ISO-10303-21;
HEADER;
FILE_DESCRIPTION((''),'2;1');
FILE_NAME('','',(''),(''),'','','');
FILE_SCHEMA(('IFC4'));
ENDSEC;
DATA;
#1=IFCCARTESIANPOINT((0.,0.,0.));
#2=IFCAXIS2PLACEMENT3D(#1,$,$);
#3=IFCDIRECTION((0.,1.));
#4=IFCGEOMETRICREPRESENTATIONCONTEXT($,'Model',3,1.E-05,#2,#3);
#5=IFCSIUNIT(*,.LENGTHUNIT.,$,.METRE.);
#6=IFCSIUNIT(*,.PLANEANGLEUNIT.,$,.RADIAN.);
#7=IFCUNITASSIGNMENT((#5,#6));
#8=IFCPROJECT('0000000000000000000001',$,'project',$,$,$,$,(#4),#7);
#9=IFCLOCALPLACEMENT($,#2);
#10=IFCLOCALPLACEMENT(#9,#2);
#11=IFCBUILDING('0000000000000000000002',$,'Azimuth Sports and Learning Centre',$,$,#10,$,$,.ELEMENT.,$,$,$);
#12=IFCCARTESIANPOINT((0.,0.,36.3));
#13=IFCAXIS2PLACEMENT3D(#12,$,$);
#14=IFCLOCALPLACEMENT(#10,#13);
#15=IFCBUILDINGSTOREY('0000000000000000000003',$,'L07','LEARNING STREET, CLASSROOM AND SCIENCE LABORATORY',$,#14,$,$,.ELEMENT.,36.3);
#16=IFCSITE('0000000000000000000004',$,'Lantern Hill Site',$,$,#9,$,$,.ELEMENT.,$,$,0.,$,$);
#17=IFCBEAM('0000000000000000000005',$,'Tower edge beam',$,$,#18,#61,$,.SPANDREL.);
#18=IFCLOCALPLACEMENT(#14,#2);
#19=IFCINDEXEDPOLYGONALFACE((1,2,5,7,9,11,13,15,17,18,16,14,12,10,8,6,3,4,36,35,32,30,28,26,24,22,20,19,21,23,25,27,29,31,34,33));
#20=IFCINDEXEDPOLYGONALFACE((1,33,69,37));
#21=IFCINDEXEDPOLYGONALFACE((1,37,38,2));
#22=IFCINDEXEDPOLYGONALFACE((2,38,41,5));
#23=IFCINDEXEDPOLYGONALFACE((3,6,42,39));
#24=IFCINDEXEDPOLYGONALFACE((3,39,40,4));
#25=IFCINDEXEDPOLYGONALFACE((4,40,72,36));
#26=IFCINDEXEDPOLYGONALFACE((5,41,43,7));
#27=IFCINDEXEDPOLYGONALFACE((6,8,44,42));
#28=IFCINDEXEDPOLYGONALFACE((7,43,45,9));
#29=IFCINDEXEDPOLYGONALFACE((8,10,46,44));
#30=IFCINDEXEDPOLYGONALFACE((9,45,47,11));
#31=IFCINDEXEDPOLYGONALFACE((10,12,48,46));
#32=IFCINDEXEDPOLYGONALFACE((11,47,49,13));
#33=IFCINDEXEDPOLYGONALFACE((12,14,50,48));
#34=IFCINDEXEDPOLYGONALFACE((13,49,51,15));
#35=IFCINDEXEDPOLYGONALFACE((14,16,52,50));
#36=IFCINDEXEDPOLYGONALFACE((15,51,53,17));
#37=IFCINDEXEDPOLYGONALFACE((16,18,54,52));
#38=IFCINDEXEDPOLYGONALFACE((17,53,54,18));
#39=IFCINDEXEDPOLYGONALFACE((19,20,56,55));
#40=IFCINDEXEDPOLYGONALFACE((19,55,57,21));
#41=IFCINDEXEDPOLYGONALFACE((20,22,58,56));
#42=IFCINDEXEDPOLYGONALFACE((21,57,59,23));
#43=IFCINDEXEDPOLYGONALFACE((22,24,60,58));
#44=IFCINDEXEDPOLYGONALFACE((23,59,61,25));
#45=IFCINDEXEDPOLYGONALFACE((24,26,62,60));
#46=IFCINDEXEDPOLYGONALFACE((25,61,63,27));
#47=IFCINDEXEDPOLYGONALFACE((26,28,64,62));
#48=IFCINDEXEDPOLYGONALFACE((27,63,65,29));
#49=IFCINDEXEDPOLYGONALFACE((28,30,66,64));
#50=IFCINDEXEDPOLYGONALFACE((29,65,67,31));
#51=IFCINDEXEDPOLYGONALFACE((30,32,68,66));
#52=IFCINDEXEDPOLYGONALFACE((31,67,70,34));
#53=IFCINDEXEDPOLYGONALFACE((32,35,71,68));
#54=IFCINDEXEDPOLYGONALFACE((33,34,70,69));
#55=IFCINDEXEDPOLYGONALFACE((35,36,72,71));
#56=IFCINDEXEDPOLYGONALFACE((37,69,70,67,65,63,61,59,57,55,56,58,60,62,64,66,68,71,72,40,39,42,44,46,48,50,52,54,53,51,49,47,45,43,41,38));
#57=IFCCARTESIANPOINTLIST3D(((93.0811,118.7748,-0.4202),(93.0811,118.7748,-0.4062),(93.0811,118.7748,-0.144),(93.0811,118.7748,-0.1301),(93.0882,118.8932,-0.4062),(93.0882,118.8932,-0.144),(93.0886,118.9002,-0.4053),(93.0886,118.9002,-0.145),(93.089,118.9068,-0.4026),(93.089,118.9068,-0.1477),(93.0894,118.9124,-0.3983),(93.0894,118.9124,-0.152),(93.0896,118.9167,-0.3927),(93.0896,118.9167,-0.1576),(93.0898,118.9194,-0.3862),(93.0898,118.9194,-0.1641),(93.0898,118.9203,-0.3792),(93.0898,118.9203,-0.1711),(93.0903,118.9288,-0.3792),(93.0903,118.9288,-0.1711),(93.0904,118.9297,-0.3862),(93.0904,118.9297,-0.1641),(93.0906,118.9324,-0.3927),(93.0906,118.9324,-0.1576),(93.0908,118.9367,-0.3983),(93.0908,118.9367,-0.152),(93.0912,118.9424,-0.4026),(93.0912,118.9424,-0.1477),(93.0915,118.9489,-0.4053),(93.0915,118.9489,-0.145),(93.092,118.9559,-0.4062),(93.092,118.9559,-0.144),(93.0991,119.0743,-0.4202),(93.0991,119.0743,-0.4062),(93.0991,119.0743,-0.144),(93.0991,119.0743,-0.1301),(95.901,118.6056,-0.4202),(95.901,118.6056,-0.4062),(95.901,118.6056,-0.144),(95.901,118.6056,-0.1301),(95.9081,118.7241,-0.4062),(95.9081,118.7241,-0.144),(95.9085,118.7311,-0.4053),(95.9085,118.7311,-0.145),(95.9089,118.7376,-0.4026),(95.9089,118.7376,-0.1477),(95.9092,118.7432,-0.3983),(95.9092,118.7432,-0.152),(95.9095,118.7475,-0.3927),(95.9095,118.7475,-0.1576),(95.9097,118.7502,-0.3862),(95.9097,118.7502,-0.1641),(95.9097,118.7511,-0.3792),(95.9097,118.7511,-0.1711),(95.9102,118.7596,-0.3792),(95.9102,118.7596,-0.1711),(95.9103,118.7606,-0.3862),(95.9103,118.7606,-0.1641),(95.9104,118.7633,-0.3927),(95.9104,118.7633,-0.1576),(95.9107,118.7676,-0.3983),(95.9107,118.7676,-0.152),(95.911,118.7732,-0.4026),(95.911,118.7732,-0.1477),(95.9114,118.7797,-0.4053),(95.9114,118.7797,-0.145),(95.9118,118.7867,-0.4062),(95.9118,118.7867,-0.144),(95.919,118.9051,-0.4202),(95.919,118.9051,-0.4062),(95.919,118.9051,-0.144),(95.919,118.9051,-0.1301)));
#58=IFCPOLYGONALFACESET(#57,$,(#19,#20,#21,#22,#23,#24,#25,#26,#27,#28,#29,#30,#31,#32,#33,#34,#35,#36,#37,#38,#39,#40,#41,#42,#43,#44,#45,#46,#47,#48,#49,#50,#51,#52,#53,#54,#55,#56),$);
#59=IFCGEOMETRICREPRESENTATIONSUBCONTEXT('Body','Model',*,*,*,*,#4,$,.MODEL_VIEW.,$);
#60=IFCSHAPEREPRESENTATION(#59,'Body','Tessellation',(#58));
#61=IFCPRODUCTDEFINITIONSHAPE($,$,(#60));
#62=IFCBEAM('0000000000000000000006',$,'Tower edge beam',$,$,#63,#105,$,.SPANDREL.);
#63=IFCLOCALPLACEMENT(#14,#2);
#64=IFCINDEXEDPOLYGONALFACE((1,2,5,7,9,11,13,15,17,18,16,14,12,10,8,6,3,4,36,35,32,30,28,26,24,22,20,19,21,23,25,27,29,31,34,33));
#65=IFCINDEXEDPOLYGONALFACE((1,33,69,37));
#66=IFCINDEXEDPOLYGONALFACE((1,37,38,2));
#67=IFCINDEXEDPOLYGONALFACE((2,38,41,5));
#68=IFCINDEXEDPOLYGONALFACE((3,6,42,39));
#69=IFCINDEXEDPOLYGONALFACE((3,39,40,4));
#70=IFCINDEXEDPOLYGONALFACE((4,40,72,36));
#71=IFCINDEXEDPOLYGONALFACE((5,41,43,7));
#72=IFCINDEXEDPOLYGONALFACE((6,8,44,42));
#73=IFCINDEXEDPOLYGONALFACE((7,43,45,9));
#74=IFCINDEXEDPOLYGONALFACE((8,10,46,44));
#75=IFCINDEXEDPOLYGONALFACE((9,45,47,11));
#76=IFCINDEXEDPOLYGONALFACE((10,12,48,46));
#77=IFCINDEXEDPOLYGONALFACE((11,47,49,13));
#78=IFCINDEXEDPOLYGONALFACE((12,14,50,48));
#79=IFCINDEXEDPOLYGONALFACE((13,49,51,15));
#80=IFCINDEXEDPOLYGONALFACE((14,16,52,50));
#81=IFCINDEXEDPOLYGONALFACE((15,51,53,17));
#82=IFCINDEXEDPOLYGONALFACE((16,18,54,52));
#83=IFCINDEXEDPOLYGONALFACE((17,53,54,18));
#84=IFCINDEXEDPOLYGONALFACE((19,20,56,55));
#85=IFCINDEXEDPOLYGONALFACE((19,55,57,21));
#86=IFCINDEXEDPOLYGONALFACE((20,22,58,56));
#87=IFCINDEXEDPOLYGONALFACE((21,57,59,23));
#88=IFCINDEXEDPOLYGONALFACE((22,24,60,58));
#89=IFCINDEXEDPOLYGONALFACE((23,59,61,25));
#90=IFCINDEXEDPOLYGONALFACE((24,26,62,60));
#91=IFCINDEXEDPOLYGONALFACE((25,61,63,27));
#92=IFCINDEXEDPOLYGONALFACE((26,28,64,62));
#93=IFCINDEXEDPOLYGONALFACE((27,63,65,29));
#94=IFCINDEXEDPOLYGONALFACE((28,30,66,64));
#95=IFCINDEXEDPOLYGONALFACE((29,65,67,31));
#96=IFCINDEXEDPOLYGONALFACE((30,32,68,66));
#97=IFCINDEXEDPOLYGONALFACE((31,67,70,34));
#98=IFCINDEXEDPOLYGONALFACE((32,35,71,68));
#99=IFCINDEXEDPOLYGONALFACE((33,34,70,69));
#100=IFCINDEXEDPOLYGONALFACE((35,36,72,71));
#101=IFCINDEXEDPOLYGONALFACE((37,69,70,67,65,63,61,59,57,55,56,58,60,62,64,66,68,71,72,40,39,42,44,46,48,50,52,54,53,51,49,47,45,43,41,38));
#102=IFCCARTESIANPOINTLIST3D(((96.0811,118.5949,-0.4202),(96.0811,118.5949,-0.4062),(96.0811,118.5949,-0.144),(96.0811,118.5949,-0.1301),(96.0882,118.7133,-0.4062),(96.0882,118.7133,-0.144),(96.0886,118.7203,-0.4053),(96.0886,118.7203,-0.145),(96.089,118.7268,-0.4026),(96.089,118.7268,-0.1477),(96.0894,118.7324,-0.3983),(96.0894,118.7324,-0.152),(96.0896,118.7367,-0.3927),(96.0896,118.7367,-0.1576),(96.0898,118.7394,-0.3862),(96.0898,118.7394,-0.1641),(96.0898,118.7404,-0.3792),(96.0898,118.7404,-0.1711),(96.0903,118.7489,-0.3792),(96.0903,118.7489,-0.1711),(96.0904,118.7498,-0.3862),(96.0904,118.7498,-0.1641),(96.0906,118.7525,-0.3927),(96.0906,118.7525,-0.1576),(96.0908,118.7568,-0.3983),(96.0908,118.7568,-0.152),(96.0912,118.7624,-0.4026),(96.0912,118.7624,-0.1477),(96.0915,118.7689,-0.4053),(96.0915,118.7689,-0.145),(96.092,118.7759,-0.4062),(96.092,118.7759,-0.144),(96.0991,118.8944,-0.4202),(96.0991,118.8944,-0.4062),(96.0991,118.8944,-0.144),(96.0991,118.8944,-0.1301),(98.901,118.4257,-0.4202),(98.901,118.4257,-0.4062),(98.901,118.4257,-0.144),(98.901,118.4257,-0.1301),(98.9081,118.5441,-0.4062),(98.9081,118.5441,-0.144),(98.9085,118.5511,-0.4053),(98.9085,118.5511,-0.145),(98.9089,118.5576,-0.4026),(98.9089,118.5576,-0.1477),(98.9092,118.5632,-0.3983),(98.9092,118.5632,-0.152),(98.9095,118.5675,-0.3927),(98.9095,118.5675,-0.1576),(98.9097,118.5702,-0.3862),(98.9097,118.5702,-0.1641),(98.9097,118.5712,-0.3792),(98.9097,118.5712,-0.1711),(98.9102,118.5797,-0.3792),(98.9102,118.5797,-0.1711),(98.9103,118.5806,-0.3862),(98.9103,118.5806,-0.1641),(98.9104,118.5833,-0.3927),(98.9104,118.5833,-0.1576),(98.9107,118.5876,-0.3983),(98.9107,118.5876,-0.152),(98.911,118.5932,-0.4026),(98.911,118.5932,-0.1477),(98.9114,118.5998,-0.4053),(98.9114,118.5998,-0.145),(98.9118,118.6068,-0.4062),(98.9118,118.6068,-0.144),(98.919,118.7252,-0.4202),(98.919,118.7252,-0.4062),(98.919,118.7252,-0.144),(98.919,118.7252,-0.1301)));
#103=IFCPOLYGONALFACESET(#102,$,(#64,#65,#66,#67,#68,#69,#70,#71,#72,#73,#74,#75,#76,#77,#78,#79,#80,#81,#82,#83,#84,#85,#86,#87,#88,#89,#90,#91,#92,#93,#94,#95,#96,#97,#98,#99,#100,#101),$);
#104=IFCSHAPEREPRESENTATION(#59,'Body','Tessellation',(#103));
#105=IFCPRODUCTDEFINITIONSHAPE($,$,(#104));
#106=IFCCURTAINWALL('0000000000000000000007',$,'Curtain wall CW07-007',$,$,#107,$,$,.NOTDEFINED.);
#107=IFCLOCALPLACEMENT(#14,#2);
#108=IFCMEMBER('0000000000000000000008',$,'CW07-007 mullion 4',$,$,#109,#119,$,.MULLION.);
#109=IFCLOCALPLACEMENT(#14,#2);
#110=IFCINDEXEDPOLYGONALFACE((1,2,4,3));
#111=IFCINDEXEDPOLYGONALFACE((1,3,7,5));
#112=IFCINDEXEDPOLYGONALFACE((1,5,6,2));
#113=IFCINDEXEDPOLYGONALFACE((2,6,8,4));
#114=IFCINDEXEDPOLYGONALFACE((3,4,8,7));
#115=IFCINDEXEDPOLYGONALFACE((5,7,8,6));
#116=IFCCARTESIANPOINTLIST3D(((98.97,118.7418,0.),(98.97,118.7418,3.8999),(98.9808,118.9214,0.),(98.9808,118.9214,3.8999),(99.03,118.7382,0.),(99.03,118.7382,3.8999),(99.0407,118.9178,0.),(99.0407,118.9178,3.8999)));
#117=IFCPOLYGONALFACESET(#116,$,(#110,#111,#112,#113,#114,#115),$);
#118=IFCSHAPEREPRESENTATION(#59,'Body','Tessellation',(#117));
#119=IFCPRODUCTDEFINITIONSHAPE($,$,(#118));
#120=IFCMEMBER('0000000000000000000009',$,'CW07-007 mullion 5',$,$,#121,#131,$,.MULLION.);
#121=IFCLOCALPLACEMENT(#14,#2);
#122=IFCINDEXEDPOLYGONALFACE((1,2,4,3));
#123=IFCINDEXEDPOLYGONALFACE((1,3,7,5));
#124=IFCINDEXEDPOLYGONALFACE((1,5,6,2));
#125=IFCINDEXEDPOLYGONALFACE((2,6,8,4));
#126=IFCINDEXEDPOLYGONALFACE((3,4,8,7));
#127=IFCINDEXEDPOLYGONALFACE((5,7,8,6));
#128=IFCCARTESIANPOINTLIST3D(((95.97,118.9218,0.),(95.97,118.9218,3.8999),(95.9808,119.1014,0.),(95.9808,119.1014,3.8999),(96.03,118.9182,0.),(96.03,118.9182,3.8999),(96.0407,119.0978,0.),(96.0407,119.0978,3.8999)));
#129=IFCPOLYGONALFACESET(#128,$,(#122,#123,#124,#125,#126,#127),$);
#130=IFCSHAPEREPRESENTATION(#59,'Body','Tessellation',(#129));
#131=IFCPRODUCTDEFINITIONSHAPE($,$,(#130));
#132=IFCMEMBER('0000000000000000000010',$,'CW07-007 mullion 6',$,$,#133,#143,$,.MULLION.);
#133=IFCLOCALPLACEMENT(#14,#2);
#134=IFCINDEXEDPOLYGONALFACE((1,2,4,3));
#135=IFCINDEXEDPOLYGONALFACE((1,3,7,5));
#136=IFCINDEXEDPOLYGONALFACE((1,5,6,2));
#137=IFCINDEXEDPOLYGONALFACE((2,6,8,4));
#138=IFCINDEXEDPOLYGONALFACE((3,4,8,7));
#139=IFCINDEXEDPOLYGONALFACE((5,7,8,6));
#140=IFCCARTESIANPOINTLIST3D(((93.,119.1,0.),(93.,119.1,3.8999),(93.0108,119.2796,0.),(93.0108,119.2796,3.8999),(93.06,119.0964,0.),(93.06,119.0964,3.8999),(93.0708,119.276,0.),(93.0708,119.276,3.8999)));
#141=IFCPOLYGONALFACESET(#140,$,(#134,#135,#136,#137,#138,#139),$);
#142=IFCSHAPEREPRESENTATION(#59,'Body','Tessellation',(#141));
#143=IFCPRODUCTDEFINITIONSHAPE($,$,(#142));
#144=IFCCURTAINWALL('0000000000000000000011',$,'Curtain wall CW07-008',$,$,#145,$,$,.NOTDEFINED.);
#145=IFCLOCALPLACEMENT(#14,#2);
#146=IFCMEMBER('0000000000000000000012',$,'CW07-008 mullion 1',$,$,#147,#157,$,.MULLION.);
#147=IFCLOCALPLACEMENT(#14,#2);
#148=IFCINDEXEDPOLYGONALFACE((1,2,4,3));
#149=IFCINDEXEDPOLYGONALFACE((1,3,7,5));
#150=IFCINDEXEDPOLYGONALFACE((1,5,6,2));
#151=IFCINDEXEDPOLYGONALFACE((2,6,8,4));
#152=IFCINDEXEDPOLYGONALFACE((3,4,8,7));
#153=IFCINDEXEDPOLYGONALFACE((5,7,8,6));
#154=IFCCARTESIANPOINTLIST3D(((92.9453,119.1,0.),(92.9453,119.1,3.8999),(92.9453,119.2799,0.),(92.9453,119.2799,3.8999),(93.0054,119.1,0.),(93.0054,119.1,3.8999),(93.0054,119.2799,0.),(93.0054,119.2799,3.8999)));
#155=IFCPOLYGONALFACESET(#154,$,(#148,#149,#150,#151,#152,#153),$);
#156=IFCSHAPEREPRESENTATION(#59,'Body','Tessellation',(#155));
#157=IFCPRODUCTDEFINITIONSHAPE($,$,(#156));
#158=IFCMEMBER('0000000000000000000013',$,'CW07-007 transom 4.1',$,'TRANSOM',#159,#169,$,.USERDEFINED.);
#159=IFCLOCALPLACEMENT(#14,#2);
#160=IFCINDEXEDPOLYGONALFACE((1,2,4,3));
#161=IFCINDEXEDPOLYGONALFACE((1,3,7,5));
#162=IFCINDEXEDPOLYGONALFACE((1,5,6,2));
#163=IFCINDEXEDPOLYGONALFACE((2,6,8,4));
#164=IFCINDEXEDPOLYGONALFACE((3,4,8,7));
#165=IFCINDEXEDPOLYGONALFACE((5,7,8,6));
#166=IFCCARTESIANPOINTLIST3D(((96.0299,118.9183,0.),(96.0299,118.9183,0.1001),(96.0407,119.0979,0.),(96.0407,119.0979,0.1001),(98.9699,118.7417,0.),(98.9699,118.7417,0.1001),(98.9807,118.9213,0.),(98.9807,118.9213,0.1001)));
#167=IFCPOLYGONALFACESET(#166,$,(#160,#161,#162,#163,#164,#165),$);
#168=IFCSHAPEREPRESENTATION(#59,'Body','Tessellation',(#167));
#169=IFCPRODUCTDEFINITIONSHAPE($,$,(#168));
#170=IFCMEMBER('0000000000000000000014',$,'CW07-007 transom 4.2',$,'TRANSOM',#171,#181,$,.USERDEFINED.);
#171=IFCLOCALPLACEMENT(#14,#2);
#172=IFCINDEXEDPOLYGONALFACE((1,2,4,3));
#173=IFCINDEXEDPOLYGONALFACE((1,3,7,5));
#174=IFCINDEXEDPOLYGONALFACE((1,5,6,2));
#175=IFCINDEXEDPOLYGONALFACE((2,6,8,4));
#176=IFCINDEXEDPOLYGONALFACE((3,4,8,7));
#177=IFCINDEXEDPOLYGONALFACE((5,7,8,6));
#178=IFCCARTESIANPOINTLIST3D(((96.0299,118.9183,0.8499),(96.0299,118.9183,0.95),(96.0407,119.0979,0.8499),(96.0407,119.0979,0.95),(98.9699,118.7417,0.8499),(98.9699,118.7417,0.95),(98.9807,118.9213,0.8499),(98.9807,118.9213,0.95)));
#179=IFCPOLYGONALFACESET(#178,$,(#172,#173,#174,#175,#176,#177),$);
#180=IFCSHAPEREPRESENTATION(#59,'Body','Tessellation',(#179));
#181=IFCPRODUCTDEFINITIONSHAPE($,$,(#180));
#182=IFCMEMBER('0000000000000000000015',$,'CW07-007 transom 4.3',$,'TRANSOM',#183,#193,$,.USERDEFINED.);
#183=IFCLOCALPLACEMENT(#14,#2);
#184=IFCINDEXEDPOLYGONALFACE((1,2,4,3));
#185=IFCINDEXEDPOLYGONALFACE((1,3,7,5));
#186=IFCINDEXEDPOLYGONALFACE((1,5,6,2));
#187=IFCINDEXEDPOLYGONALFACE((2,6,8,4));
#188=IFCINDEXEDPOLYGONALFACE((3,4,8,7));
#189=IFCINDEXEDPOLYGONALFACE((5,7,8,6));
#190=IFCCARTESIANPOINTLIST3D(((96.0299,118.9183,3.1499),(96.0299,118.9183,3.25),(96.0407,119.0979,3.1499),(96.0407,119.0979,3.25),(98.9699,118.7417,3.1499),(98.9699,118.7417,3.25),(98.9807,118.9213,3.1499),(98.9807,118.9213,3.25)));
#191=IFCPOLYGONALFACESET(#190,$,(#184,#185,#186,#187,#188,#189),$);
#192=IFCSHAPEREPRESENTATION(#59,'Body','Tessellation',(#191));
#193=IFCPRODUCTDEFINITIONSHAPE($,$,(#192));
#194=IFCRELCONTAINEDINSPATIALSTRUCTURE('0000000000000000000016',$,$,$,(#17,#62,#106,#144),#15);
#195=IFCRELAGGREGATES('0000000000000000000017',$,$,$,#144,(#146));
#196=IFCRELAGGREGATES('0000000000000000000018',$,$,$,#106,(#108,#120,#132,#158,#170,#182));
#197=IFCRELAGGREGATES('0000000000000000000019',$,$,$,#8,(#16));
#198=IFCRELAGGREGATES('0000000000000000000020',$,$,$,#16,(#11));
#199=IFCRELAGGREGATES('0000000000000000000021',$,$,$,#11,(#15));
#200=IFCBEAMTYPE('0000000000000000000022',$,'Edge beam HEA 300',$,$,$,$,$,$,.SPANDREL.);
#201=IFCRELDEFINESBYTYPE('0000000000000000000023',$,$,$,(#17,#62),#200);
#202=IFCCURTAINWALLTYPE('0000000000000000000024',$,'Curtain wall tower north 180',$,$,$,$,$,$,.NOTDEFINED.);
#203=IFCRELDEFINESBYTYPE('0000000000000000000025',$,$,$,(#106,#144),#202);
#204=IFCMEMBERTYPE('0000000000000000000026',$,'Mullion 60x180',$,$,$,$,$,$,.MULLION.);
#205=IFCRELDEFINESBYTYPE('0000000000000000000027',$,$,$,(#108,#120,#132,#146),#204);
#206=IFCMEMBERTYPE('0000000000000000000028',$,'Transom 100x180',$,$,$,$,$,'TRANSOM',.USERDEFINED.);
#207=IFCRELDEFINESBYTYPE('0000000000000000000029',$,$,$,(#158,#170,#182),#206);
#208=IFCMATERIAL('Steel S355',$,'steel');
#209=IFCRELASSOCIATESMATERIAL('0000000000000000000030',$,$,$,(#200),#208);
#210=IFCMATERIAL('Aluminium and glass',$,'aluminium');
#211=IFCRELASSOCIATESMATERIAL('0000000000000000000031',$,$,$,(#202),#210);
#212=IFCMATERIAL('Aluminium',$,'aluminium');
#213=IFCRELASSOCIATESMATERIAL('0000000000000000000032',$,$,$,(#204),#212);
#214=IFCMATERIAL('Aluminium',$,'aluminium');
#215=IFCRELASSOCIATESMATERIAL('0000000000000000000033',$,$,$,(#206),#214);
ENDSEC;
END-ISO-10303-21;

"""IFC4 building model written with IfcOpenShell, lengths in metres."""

from ifc_helpers import new_model, si_unit, direction, frame, origin, origin_2d, place, context, subcontext, project, spatial, rectangle, i_section, extrude, material, material_profile, profile_set, type_object, element, aggregate, save


model = new_model("IFC4")

# Units and contexts
model_context = context("Model", 3, precision=1e-05, world=origin(), true_north=direction((0.0, 1.0)))
body_context = subcontext(model_context, "Body", "Model", "MODEL_VIEW")
ifc_project = project(units=[si_unit("LENGTHUNIT", "METRE"), si_unit("PLANEANGLEUNIT", "RADIAN")], contexts=[model_context])

# Site, building, storey
site_placement = place(None, origin())
site = spatial("IfcSite", under=ifc_project, at=site_placement, Name="Lantern Hill Site", CompositionType="ELEMENT", RefElevation=0.0)
building_placement = place(site_placement, origin())
building = spatial("IfcBuilding", under=site, at=building_placement, Name="Azimuth Sports and Learning Centre", CompositionType="ELEMENT")
storey_placement = place(building_placement, frame((0.0, 0.0, 36.3)))
storey = spatial("IfcBuildingStorey", under=building, at=storey_placement, Name="L07", Description="LEARNING STREET, CLASSROOM AND SCIENCE LABORATORY", CompositionType="ELEMENT", Elevation=36.3)

# Beams
ifc_material_1 = material(Name="Steel S355", Category="steel")
ifc_material_profile_1 = material_profile(ifc_material_1, i_section(OverallWidth=0.3, OverallDepth=0.29, WebThickness=0.0085, FlangeThickness=0.0139, FilletRadius=0.0271, at=origin_2d()), Name="HEA 300")
ifc_profile_set_1 = profile_set([ifc_material_profile_1], Name="Steel S355")
beam_type = type_object("IfcBeamType", Name="Edge beam HEA 300", PredefinedType="SPANDREL", material=ifc_profile_set_1)
for number, where, z_axis, x_axis, name in (
    (1, (93.0901, 118.9246, -0.2751), (0.998205, -0.059892, 0.0), (0.059892, 0.998205, 0.0), "Tower edge beam"),
    (2, (96.0901, 118.7446, -0.2751), (0.998205, -0.059892, 0.0), (0.059892, 0.998205, 0.0), "Tower edge beam"),
):
    element("IfcBeam", number, at=place(storey_placement, frame(where, z_axis=z_axis, x_axis=x_axis)), inside=storey, type_object=beam_type, Name=name, PredefinedType="SPANDREL", context=body_context, shape_type="SweptSolid", body=[
        extrude(i_section(OverallWidth=0.3, OverallDepth=0.29, WebThickness=0.0085, FlangeThickness=0.0139, FilletRadius=0.0271, at=origin_2d()), origin(), (0.0, 0.0, 1.0), 2.825),
    ])

# Curtain wall, members
ifc_material_2 = material(Name="Aluminium and glass", Category="aluminium")
curtain_wall_type = type_object("IfcCurtainWallType", Name="Curtain wall tower north 180", PredefinedType="NOTDEFINED", material=ifc_material_2)
curtain_wall_1_placement = place(storey_placement, origin())
curtain_wall_1 = element("IfcCurtainWall", 3, at=curtain_wall_1_placement, inside=storey, type_object=curtain_wall_type, Name="Curtain wall CW07-007", PredefinedType="NOTDEFINED")
ifc_material_3 = material(Name="Aluminium", Category="aluminium")
ifc_material_profile_2 = material_profile(ifc_material_3, rectangle(XDim=0.1799, YDim=0.0601, at=origin_2d()), Name="Mullion 60x180")
ifc_profile_set_2 = profile_set([ifc_material_profile_2], Name="Aluminium")
member_type_1 = type_object("IfcMemberType", Name="Mullion 60x180", PredefinedType="MULLION", material=ifc_profile_set_2)
member_1_placement = place(storey_placement, frame((99.0054, 118.8298, 0.0), z_axis=(0.0, 0.0, 1.0), x_axis=(-0.059892, -0.998205, 0.0)))
member_1 = element("IfcMember", 4, at=member_1_placement, type_object=member_type_1, Name="CW07-007 mullion 4", PredefinedType="MULLION", context=body_context, shape_type="SweptSolid", body=[
    extrude(rectangle(XDim=0.1799, YDim=0.0601, at=origin_2d()), origin(), (0.0, 0.0, 1.0), 3.8999),
])
member_2_placement = place(storey_placement, frame((96.0054, 119.0098, 0.0), z_axis=(0.0, 0.0, 1.0), x_axis=(-0.059892, -0.998205, 0.0)))
member_2 = element("IfcMember", 5, at=member_2_placement, type_object=member_type_1, Name="CW07-007 mullion 5", PredefinedType="MULLION", context=body_context, shape_type="SweptSolid", body=[
    extrude(rectangle(XDim=0.1799, YDim=0.0601, at=origin_2d()), origin(), (0.0, 0.0, 1.0), 3.8999),
])
member_3_placement = place(storey_placement, frame((93.0354, 119.188, 0.0), z_axis=(0.0, 0.0, 1.0), x_axis=(-0.059892, -0.998205, 0.0)))
member_3 = element("IfcMember", 6, at=member_3_placement, type_object=member_type_1, Name="CW07-007 mullion 6", PredefinedType="MULLION", context=body_context, shape_type="SweptSolid", body=[
    extrude(rectangle(XDim=0.1799, YDim=0.0601, at=origin_2d()), origin(), (0.0, 0.0, 1.0), 3.8999),
])

# Curtain wall, member
curtain_wall_2_placement = place(storey_placement, origin())
curtain_wall_2 = element("IfcCurtainWall", 7, at=curtain_wall_2_placement, inside=storey, type_object=curtain_wall_type, Name="Curtain wall CW07-008", PredefinedType="NOTDEFINED")
member_4_placement = place(storey_placement, frame((92.9753, 119.1899, 0.0), z_axis=(0.0, 0.0, 1.0), x_axis=(0.0, -1.0, 0.0)))
member_4 = element("IfcMember", 8, at=member_4_placement, type_object=member_type_1, Name="CW07-008 mullion 1", PredefinedType="MULLION", context=body_context, shape_type="SweptSolid", body=[
    extrude(rectangle(XDim=0.1799, YDim=0.0601, at=origin_2d()), origin(), (0.0, 0.0, 1.0), 3.8999),
])
aggregate(curtain_wall_2, [member_4])

# Members
ifc_material_4 = material(Name="Aluminium", Category="aluminium")
ifc_material_profile_3 = material_profile(ifc_material_4, rectangle(XDim=0.1799, YDim=0.1001, at=origin_2d()), Name="Transom 100x180")
ifc_profile_set_3 = profile_set([ifc_material_profile_3], Name="Aluminium")
member_type_2 = type_object("IfcMemberType", Name="Transom 100x180", ElementType="TRANSOM", PredefinedType="USERDEFINED", material=ifc_profile_set_3)
member_5_placement = place(storey_placement, frame((98.9753, 118.8315, 0.05), z_axis=(-0.998202, 0.059932, 0.0), x_axis=(-0.059932, -0.998202, 0.0)))
member_5 = element("IfcMember", 9, at=member_5_placement, type_object=member_type_2, Name="CW07-007 transom 4.1", ObjectType="TRANSOM", PredefinedType="USERDEFINED", context=body_context, shape_type="SweptSolid", body=[
    extrude(rectangle(XDim=0.1799, YDim=0.1001, at=origin_2d()), origin(), (0.0, 0.0, 1.0), 2.9453),
])
member_6_placement = place(storey_placement, frame((98.9753, 118.8315, 0.8999), z_axis=(-0.998202, 0.059932, 0.0), x_axis=(-0.059932, -0.998202, 0.0)))
member_6 = element("IfcMember", 10, at=member_6_placement, type_object=member_type_2, Name="CW07-007 transom 4.2", ObjectType="TRANSOM", PredefinedType="USERDEFINED", context=body_context, shape_type="SweptSolid", body=[
    extrude(rectangle(XDim=0.1799, YDim=0.1001, at=origin_2d()), origin(), (0.0, 0.0, 1.0), 2.9453),
])
member_7_placement = place(storey_placement, frame((98.9753, 118.8315, 3.2), z_axis=(-0.998202, 0.059932, 0.0), x_axis=(-0.059932, -0.998202, 0.0)))
member_7 = element("IfcMember", 11, at=member_7_placement, type_object=member_type_2, Name="CW07-007 transom 4.3", ObjectType="TRANSOM", PredefinedType="USERDEFINED", context=body_context, shape_type="SweptSolid", body=[
    extrude(rectangle(XDim=0.1799, YDim=0.1001, at=origin_2d()), origin(), (0.0, 0.0, 1.0), 2.9453),
])

aggregate(curtain_wall_1, [member_1, member_2, member_3, member_5, member_6, member_7])

save(model, "model.ifc")
